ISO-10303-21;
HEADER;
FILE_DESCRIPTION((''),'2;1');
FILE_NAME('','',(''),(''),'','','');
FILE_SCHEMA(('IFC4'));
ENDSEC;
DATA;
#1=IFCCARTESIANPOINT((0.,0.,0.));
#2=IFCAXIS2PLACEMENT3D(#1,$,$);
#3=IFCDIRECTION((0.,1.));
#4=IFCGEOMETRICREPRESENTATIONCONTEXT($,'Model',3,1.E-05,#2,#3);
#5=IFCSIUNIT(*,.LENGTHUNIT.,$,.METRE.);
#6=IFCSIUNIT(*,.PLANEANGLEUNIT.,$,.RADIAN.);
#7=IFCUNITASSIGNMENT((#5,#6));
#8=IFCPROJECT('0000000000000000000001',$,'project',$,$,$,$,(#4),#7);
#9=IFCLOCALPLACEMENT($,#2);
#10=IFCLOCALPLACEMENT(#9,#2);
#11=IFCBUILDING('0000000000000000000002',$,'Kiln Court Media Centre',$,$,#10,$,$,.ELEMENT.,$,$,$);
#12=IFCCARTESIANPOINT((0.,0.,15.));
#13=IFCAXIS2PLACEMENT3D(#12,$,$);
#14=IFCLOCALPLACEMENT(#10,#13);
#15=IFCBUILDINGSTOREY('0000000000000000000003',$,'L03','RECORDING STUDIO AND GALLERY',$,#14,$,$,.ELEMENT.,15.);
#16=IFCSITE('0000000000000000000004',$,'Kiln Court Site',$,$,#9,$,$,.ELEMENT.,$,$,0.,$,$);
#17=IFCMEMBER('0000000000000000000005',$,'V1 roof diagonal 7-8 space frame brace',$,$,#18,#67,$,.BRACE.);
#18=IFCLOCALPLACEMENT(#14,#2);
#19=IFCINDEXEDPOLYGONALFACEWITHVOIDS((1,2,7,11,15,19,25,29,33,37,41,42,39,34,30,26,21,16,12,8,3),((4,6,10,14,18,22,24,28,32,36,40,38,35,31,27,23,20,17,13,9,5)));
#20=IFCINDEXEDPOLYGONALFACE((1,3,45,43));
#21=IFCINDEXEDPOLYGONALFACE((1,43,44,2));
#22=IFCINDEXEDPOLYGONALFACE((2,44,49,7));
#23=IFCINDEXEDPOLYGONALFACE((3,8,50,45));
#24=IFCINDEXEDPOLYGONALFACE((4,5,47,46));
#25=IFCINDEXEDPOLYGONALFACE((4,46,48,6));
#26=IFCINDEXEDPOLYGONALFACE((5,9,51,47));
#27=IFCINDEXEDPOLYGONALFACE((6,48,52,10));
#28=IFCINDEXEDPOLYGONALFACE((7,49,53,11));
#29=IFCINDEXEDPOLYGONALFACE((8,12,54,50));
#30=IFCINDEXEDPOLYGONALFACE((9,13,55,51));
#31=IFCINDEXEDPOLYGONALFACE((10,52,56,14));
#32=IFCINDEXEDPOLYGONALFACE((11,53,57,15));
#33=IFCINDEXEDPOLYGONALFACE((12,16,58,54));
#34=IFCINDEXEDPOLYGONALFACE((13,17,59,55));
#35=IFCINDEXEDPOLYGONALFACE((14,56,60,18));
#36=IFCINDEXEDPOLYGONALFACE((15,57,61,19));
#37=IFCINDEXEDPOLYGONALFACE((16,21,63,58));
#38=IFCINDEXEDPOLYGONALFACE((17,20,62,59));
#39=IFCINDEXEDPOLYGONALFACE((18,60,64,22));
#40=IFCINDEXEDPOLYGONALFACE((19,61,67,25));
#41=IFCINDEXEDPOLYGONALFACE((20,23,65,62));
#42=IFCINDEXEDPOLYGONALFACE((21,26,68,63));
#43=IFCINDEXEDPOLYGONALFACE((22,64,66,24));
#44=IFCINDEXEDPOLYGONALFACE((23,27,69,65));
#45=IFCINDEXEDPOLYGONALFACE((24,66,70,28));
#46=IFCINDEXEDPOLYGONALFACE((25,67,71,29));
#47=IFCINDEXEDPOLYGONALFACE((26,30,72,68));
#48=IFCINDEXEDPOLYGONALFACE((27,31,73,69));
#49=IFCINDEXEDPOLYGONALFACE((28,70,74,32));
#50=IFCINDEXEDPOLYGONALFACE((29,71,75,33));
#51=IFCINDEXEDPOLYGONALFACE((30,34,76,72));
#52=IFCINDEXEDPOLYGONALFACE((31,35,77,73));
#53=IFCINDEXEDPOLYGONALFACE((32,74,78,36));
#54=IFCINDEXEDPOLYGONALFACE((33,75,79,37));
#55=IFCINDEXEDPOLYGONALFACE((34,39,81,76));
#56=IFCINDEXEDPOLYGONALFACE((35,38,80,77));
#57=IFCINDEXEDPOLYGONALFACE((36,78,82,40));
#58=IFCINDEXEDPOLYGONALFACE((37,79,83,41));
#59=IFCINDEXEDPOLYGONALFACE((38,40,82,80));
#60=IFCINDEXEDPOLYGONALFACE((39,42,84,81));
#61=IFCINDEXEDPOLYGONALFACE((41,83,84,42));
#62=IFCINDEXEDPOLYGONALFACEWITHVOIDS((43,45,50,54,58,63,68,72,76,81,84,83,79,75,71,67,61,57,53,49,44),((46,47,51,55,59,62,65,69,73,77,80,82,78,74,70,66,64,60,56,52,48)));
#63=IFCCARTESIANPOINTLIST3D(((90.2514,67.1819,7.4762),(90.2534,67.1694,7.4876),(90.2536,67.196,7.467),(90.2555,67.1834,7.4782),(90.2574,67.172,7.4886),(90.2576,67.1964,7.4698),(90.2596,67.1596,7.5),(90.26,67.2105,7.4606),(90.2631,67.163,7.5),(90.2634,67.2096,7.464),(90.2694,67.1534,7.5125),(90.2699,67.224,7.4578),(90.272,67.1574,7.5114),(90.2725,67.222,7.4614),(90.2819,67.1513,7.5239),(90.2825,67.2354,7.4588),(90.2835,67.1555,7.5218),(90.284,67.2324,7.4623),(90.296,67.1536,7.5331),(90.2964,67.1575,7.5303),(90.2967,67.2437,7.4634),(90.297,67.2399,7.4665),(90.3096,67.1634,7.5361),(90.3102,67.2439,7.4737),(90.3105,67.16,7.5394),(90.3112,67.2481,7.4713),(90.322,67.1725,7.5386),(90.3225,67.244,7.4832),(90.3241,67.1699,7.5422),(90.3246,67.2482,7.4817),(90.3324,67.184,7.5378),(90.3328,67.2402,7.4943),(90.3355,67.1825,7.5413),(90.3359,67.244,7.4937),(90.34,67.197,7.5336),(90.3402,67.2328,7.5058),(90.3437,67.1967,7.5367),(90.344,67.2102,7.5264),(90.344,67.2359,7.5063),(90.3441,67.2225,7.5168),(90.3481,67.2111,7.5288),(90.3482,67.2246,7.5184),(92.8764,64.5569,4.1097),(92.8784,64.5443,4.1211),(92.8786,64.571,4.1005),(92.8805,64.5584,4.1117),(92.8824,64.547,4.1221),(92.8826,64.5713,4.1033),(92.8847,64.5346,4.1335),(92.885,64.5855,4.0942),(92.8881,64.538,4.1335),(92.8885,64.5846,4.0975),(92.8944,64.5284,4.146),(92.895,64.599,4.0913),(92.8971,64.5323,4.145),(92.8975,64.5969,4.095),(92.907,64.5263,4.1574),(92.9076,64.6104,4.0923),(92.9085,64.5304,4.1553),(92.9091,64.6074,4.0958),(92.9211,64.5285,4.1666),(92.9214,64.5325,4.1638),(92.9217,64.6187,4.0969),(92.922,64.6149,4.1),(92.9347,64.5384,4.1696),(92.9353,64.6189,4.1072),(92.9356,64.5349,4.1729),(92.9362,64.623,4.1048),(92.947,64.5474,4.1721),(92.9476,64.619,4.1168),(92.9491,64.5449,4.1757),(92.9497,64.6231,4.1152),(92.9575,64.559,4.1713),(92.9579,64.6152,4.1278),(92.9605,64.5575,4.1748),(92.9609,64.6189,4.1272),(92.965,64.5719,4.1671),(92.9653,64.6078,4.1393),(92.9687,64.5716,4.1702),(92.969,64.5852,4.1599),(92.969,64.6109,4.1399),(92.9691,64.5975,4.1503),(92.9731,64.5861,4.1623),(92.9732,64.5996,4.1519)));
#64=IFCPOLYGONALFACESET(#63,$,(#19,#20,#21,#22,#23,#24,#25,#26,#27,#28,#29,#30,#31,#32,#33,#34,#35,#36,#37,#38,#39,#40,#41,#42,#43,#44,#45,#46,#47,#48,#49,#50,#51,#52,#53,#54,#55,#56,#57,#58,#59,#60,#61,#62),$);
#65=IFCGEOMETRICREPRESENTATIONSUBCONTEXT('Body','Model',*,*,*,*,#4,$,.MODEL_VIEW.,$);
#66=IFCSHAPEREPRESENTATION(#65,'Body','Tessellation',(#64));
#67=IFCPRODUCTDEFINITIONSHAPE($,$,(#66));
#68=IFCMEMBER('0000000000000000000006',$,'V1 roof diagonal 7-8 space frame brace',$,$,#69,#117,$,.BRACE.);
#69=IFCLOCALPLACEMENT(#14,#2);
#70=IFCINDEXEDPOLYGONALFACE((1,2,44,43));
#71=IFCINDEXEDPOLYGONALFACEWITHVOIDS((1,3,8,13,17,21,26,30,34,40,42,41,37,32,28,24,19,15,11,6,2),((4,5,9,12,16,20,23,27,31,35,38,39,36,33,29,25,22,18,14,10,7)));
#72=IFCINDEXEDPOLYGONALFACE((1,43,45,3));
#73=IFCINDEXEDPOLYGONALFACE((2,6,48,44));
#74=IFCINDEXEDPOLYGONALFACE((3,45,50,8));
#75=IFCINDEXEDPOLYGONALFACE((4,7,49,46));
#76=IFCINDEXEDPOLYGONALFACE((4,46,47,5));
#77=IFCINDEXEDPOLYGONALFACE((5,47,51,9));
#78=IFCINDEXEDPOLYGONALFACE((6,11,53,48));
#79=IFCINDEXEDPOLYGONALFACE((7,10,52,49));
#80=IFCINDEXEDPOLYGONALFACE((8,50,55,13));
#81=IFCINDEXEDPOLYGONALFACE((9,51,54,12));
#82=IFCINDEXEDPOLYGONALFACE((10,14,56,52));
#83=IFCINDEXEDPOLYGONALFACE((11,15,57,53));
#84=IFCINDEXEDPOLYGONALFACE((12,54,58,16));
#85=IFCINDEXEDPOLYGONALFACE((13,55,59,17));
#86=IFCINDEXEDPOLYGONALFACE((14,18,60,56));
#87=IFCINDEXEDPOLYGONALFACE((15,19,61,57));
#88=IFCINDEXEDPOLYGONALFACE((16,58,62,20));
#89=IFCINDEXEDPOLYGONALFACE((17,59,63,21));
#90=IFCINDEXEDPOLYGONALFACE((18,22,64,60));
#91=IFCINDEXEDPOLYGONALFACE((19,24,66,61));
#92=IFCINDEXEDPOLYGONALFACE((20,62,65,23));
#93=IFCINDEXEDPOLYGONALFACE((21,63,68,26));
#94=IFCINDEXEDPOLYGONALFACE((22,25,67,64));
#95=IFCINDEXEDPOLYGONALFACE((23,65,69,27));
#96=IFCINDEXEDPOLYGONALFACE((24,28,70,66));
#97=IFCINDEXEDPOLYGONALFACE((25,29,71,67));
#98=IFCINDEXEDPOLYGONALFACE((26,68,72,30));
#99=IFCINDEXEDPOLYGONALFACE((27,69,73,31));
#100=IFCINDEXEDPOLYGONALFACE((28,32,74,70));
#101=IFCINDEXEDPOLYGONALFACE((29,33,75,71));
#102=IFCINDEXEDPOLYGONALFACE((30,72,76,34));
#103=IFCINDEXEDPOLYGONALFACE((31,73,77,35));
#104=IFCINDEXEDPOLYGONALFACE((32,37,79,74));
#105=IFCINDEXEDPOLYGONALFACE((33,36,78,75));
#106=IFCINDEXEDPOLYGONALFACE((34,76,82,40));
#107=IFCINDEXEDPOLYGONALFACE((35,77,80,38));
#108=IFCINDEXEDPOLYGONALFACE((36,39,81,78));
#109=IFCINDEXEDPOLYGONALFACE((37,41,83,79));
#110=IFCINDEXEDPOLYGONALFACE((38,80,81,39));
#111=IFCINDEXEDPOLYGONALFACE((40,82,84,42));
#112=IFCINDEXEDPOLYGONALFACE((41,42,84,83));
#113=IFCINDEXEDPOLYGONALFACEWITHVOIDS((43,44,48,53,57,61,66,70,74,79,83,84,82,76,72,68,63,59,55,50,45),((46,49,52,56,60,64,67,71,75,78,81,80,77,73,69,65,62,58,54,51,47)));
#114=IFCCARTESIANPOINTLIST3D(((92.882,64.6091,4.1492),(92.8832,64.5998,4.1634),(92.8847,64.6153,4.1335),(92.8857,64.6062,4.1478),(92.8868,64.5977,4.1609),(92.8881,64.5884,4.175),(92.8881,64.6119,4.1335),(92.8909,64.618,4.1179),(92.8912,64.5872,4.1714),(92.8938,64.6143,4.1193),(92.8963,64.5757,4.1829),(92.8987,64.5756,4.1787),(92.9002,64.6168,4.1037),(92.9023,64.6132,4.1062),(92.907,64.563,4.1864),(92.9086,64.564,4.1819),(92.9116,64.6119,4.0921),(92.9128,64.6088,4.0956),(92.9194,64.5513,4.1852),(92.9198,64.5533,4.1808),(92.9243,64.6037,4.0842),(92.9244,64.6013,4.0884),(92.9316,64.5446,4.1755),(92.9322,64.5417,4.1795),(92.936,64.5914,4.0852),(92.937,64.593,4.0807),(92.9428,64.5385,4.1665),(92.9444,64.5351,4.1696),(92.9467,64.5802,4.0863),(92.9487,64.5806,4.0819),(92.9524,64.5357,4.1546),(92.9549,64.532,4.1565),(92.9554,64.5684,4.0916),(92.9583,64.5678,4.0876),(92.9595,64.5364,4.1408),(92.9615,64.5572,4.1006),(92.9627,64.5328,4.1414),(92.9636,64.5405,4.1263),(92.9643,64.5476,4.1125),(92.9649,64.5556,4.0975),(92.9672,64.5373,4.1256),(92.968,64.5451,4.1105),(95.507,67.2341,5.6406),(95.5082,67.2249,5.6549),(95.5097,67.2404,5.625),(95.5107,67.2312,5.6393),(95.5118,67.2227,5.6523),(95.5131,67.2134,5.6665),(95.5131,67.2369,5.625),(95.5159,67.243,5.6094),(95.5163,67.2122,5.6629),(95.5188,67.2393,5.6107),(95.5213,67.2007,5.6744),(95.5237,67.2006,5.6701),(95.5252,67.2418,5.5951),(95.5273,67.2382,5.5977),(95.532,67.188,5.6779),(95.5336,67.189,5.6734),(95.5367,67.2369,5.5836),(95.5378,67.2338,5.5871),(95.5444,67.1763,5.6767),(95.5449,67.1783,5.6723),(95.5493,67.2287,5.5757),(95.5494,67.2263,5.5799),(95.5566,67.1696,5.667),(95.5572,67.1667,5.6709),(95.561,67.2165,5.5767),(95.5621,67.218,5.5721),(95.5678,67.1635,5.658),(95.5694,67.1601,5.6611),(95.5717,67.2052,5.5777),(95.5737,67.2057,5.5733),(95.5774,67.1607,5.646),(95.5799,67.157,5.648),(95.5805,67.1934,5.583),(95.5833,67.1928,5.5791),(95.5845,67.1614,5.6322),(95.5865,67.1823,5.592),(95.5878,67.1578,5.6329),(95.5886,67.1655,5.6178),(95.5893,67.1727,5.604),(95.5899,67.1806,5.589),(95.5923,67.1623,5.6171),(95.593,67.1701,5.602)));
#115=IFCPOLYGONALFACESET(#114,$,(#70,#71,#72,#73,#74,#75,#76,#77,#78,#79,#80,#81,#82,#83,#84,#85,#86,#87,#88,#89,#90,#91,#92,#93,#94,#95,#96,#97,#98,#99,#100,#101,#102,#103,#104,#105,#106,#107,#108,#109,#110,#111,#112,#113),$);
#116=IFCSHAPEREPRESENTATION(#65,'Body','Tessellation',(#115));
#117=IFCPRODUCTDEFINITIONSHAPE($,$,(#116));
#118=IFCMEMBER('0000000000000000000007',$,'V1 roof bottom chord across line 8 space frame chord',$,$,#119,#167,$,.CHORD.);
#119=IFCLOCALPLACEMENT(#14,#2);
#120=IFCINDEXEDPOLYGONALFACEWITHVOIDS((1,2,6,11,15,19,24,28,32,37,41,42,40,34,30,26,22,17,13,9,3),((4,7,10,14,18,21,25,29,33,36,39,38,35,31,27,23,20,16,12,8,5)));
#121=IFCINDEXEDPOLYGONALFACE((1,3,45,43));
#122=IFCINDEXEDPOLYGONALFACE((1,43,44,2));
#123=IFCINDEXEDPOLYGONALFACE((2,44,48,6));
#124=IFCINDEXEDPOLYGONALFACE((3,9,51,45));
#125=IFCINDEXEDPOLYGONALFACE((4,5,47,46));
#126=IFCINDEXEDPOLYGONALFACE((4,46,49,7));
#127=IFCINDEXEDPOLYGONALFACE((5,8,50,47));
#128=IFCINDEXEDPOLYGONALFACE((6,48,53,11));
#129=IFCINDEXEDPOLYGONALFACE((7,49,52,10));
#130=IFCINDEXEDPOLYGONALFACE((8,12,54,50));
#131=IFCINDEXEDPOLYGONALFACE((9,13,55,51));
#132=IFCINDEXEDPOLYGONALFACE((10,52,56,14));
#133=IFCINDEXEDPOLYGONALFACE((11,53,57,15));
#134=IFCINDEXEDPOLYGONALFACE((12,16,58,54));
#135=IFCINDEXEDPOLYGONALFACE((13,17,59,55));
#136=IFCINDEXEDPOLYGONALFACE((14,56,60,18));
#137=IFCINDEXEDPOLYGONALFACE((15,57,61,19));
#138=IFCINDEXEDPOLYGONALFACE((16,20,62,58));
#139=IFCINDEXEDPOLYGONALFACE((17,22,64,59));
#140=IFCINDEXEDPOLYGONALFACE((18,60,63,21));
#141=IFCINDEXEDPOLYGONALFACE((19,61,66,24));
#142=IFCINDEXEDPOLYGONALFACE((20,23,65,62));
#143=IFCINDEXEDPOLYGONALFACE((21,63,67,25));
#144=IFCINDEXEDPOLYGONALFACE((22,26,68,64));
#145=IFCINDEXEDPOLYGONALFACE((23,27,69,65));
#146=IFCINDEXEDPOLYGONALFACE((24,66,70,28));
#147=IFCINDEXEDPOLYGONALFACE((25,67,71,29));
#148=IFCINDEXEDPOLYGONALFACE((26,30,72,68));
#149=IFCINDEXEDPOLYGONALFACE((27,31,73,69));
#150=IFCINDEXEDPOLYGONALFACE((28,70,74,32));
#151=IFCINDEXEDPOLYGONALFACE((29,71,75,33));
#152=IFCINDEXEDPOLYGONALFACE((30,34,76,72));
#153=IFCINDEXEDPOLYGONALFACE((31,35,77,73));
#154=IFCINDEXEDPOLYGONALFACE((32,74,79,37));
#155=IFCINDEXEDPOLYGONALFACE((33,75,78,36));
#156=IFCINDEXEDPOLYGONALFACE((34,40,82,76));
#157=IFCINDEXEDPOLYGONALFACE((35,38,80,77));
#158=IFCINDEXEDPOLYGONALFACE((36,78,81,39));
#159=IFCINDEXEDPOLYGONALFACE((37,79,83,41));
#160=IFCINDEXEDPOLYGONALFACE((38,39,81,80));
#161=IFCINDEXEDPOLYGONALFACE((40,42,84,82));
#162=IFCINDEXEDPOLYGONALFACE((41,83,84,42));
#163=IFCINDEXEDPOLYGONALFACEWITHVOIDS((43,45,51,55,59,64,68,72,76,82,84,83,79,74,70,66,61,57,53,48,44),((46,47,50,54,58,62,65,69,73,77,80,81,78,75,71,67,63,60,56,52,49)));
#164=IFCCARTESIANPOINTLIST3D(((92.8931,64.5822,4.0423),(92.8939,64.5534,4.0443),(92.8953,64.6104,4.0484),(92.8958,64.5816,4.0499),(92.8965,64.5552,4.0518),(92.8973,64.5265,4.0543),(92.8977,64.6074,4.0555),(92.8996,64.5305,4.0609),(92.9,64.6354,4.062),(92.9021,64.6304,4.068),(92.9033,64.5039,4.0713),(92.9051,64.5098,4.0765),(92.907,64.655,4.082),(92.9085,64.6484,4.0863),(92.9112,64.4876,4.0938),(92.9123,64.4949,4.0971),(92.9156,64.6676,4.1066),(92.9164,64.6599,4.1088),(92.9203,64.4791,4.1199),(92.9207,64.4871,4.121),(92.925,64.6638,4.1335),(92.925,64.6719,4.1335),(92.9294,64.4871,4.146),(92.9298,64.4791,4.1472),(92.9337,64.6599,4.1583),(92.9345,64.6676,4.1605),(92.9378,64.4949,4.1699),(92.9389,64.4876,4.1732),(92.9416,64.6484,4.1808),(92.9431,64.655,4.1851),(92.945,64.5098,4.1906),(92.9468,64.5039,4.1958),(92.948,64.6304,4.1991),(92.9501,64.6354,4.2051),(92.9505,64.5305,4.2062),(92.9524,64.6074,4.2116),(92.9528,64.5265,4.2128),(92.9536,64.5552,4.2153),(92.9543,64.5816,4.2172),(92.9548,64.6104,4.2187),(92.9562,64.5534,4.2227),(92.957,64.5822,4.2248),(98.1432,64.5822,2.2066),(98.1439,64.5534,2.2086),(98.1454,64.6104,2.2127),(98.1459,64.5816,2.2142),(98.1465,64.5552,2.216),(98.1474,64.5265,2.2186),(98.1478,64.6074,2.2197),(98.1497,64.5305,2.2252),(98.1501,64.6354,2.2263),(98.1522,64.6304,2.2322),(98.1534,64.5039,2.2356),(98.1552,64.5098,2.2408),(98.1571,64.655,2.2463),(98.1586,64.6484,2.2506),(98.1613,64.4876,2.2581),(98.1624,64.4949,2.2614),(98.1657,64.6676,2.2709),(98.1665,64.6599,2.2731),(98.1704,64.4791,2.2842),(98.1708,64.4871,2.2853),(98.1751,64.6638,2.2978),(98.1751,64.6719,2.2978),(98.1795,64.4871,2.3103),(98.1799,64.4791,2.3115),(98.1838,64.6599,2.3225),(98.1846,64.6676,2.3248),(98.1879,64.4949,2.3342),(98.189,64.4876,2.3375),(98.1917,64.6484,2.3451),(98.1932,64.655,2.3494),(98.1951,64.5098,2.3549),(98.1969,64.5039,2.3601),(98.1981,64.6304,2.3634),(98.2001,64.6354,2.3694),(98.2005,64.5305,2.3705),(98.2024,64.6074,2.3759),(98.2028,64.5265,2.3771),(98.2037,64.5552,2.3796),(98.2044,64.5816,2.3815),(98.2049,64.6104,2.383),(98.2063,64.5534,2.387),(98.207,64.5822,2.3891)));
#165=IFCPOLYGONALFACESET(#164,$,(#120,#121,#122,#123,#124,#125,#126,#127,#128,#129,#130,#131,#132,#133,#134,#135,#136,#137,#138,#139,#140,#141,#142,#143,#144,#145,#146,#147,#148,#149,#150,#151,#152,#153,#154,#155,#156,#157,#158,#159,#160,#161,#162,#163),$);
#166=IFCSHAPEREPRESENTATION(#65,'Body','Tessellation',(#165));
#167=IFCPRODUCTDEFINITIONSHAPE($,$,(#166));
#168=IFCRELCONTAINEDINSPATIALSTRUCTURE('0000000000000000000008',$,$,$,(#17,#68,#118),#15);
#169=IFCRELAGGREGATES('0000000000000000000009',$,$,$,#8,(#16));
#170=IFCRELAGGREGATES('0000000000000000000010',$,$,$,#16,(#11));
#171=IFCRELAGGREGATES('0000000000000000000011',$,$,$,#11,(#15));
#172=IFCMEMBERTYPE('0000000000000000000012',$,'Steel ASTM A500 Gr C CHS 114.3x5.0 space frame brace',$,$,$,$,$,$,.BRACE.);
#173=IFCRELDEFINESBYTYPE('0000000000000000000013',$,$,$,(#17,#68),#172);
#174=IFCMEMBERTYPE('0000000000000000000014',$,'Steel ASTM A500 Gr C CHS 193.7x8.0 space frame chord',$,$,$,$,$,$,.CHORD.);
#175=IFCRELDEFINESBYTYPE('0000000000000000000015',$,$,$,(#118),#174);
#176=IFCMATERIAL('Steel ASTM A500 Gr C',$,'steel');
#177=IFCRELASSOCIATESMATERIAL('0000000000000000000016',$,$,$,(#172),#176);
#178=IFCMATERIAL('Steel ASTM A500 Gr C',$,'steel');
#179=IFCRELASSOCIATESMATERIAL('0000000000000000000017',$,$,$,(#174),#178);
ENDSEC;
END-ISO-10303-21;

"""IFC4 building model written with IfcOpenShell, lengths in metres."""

from ifc_helpers import new_model, si_unit, direction, frame, origin, origin_2d, place, context, subcontext, project, spatial, hollow_circle, extrude, material, material_profile, profile_set, type_object, element, save


model = new_model("IFC4")

# Units and contexts
model_context = context("Model", 3, precision=1e-05, world=origin(), true_north=direction((0.0, 1.0)))
body_context = subcontext(model_context, "Body", "Model", "MODEL_VIEW")
ifc_project = project(units=[si_unit("LENGTHUNIT", "METRE"), si_unit("PLANEANGLEUNIT", "RADIAN")], contexts=[model_context])

# Site, building, storey
site_placement = place(None, origin())
site = spatial("IfcSite", under=ifc_project, at=site_placement, Name="Kiln Court Site", CompositionType="ELEMENT", RefElevation=0.0)
building_placement = place(site_placement, origin())
building = spatial("IfcBuilding", under=site, at=building_placement, Name="Kiln Court Media Centre", CompositionType="ELEMENT")
storey_placement = place(building_placement, frame((0.0, 0.0, 15.0)))
storey = spatial("IfcBuildingStorey", under=building, at=storey_placement, Name="L03", Description="RECORDING STUDIO AND GALLERY", CompositionType="ELEMENT", Elevation=15.0)

# Members
ifc_material_1 = material(Name="Steel ASTM A500 Gr C", Category="steel")
ifc_material_profile_1 = material_profile(ifc_material_1, hollow_circle(Radius=0.0571, WallThickness=0.0049, at=origin_2d()), Name="CHS 114.3x5.0")
ifc_profile_set_1 = profile_set([ifc_material_profile_1], Name="Steel ASTM A500 Gr C")
member_type_1 = type_object("IfcMemberType", Name="Steel ASTM A500 Gr C CHS 114.3x5.0 space frame brace", PredefinedType="BRACE", material=ifc_profile_set_1)
member_1_placement = place(storey_placement, frame((92.925, 64.575, 4.1335), z_axis=(-0.523804, 0.523804, 0.671758), x_axis=(-0.707107, -0.707107, 0.0)))
element("IfcMember", 1, at=member_1_placement, inside=storey, type_object=member_type_1, Name="V1 roof diagonal 7-8 space frame brace", PredefinedType="BRACE", context=body_context, shape_type="SweptSolid", body=[
    extrude(hollow_circle(Radius=0.0571, WallThickness=0.0049, at=origin_2d()), origin(), (0.0, 0.0, 1.0), 5.0115),
])
member_2_placement = place(storey_placement, frame((92.925, 64.575, 4.1335), z_axis=(0.656133, 0.656133, 0.372798), x_axis=(-0.707107, 0.707107, 0.0)))
element("IfcMember", 2, at=member_2_placement, inside=storey, type_object=member_type_1, Name="V1 roof diagonal 7-8 space frame brace", PredefinedType="BRACE", context=body_context, shape_type="SweptSolid", body=[
    extrude(hollow_circle(Radius=0.0571, WallThickness=0.0049, at=origin_2d()), origin(), (0.0, 0.0, 1.0), 4.0007),
])
ifc_material_2 = material(Name="Steel ASTM A500 Gr C", Category="steel")
ifc_material_profile_2 = material_profile(ifc_material_2, hollow_circle(Radius=0.0969, WallThickness=0.0081, at=origin_2d()), Name="CHS 193.7x8.0")
ifc_profile_set_2 = profile_set([ifc_material_profile_2], Name="Steel ASTM A500 Gr C")
member_type_2 = type_object("IfcMemberType", Name="Steel ASTM A500 Gr C CHS 193.7x8.0 space frame chord", PredefinedType="CHORD", material=ifc_profile_set_2)
member_3_placement = place(storey_placement, frame((92.925, 64.575, 4.1335), z_axis=(0.94396, 0.0, -0.330061), x_axis=(0.0, 1.0, 0.0)))
element("IfcMember", 3, at=member_3_placement, inside=storey, type_object=member_type_2, Name="V1 roof bottom chord across line 8 space frame chord", PredefinedType="CHORD", context=body_context, shape_type="SweptSolid", body=[
    extrude(hollow_circle(Radius=0.0969, WallThickness=0.0081, at=origin_2d()), origin(), (0.0, 0.0, 1.0), 5.5618),
])

save(model, "model.ifc")
